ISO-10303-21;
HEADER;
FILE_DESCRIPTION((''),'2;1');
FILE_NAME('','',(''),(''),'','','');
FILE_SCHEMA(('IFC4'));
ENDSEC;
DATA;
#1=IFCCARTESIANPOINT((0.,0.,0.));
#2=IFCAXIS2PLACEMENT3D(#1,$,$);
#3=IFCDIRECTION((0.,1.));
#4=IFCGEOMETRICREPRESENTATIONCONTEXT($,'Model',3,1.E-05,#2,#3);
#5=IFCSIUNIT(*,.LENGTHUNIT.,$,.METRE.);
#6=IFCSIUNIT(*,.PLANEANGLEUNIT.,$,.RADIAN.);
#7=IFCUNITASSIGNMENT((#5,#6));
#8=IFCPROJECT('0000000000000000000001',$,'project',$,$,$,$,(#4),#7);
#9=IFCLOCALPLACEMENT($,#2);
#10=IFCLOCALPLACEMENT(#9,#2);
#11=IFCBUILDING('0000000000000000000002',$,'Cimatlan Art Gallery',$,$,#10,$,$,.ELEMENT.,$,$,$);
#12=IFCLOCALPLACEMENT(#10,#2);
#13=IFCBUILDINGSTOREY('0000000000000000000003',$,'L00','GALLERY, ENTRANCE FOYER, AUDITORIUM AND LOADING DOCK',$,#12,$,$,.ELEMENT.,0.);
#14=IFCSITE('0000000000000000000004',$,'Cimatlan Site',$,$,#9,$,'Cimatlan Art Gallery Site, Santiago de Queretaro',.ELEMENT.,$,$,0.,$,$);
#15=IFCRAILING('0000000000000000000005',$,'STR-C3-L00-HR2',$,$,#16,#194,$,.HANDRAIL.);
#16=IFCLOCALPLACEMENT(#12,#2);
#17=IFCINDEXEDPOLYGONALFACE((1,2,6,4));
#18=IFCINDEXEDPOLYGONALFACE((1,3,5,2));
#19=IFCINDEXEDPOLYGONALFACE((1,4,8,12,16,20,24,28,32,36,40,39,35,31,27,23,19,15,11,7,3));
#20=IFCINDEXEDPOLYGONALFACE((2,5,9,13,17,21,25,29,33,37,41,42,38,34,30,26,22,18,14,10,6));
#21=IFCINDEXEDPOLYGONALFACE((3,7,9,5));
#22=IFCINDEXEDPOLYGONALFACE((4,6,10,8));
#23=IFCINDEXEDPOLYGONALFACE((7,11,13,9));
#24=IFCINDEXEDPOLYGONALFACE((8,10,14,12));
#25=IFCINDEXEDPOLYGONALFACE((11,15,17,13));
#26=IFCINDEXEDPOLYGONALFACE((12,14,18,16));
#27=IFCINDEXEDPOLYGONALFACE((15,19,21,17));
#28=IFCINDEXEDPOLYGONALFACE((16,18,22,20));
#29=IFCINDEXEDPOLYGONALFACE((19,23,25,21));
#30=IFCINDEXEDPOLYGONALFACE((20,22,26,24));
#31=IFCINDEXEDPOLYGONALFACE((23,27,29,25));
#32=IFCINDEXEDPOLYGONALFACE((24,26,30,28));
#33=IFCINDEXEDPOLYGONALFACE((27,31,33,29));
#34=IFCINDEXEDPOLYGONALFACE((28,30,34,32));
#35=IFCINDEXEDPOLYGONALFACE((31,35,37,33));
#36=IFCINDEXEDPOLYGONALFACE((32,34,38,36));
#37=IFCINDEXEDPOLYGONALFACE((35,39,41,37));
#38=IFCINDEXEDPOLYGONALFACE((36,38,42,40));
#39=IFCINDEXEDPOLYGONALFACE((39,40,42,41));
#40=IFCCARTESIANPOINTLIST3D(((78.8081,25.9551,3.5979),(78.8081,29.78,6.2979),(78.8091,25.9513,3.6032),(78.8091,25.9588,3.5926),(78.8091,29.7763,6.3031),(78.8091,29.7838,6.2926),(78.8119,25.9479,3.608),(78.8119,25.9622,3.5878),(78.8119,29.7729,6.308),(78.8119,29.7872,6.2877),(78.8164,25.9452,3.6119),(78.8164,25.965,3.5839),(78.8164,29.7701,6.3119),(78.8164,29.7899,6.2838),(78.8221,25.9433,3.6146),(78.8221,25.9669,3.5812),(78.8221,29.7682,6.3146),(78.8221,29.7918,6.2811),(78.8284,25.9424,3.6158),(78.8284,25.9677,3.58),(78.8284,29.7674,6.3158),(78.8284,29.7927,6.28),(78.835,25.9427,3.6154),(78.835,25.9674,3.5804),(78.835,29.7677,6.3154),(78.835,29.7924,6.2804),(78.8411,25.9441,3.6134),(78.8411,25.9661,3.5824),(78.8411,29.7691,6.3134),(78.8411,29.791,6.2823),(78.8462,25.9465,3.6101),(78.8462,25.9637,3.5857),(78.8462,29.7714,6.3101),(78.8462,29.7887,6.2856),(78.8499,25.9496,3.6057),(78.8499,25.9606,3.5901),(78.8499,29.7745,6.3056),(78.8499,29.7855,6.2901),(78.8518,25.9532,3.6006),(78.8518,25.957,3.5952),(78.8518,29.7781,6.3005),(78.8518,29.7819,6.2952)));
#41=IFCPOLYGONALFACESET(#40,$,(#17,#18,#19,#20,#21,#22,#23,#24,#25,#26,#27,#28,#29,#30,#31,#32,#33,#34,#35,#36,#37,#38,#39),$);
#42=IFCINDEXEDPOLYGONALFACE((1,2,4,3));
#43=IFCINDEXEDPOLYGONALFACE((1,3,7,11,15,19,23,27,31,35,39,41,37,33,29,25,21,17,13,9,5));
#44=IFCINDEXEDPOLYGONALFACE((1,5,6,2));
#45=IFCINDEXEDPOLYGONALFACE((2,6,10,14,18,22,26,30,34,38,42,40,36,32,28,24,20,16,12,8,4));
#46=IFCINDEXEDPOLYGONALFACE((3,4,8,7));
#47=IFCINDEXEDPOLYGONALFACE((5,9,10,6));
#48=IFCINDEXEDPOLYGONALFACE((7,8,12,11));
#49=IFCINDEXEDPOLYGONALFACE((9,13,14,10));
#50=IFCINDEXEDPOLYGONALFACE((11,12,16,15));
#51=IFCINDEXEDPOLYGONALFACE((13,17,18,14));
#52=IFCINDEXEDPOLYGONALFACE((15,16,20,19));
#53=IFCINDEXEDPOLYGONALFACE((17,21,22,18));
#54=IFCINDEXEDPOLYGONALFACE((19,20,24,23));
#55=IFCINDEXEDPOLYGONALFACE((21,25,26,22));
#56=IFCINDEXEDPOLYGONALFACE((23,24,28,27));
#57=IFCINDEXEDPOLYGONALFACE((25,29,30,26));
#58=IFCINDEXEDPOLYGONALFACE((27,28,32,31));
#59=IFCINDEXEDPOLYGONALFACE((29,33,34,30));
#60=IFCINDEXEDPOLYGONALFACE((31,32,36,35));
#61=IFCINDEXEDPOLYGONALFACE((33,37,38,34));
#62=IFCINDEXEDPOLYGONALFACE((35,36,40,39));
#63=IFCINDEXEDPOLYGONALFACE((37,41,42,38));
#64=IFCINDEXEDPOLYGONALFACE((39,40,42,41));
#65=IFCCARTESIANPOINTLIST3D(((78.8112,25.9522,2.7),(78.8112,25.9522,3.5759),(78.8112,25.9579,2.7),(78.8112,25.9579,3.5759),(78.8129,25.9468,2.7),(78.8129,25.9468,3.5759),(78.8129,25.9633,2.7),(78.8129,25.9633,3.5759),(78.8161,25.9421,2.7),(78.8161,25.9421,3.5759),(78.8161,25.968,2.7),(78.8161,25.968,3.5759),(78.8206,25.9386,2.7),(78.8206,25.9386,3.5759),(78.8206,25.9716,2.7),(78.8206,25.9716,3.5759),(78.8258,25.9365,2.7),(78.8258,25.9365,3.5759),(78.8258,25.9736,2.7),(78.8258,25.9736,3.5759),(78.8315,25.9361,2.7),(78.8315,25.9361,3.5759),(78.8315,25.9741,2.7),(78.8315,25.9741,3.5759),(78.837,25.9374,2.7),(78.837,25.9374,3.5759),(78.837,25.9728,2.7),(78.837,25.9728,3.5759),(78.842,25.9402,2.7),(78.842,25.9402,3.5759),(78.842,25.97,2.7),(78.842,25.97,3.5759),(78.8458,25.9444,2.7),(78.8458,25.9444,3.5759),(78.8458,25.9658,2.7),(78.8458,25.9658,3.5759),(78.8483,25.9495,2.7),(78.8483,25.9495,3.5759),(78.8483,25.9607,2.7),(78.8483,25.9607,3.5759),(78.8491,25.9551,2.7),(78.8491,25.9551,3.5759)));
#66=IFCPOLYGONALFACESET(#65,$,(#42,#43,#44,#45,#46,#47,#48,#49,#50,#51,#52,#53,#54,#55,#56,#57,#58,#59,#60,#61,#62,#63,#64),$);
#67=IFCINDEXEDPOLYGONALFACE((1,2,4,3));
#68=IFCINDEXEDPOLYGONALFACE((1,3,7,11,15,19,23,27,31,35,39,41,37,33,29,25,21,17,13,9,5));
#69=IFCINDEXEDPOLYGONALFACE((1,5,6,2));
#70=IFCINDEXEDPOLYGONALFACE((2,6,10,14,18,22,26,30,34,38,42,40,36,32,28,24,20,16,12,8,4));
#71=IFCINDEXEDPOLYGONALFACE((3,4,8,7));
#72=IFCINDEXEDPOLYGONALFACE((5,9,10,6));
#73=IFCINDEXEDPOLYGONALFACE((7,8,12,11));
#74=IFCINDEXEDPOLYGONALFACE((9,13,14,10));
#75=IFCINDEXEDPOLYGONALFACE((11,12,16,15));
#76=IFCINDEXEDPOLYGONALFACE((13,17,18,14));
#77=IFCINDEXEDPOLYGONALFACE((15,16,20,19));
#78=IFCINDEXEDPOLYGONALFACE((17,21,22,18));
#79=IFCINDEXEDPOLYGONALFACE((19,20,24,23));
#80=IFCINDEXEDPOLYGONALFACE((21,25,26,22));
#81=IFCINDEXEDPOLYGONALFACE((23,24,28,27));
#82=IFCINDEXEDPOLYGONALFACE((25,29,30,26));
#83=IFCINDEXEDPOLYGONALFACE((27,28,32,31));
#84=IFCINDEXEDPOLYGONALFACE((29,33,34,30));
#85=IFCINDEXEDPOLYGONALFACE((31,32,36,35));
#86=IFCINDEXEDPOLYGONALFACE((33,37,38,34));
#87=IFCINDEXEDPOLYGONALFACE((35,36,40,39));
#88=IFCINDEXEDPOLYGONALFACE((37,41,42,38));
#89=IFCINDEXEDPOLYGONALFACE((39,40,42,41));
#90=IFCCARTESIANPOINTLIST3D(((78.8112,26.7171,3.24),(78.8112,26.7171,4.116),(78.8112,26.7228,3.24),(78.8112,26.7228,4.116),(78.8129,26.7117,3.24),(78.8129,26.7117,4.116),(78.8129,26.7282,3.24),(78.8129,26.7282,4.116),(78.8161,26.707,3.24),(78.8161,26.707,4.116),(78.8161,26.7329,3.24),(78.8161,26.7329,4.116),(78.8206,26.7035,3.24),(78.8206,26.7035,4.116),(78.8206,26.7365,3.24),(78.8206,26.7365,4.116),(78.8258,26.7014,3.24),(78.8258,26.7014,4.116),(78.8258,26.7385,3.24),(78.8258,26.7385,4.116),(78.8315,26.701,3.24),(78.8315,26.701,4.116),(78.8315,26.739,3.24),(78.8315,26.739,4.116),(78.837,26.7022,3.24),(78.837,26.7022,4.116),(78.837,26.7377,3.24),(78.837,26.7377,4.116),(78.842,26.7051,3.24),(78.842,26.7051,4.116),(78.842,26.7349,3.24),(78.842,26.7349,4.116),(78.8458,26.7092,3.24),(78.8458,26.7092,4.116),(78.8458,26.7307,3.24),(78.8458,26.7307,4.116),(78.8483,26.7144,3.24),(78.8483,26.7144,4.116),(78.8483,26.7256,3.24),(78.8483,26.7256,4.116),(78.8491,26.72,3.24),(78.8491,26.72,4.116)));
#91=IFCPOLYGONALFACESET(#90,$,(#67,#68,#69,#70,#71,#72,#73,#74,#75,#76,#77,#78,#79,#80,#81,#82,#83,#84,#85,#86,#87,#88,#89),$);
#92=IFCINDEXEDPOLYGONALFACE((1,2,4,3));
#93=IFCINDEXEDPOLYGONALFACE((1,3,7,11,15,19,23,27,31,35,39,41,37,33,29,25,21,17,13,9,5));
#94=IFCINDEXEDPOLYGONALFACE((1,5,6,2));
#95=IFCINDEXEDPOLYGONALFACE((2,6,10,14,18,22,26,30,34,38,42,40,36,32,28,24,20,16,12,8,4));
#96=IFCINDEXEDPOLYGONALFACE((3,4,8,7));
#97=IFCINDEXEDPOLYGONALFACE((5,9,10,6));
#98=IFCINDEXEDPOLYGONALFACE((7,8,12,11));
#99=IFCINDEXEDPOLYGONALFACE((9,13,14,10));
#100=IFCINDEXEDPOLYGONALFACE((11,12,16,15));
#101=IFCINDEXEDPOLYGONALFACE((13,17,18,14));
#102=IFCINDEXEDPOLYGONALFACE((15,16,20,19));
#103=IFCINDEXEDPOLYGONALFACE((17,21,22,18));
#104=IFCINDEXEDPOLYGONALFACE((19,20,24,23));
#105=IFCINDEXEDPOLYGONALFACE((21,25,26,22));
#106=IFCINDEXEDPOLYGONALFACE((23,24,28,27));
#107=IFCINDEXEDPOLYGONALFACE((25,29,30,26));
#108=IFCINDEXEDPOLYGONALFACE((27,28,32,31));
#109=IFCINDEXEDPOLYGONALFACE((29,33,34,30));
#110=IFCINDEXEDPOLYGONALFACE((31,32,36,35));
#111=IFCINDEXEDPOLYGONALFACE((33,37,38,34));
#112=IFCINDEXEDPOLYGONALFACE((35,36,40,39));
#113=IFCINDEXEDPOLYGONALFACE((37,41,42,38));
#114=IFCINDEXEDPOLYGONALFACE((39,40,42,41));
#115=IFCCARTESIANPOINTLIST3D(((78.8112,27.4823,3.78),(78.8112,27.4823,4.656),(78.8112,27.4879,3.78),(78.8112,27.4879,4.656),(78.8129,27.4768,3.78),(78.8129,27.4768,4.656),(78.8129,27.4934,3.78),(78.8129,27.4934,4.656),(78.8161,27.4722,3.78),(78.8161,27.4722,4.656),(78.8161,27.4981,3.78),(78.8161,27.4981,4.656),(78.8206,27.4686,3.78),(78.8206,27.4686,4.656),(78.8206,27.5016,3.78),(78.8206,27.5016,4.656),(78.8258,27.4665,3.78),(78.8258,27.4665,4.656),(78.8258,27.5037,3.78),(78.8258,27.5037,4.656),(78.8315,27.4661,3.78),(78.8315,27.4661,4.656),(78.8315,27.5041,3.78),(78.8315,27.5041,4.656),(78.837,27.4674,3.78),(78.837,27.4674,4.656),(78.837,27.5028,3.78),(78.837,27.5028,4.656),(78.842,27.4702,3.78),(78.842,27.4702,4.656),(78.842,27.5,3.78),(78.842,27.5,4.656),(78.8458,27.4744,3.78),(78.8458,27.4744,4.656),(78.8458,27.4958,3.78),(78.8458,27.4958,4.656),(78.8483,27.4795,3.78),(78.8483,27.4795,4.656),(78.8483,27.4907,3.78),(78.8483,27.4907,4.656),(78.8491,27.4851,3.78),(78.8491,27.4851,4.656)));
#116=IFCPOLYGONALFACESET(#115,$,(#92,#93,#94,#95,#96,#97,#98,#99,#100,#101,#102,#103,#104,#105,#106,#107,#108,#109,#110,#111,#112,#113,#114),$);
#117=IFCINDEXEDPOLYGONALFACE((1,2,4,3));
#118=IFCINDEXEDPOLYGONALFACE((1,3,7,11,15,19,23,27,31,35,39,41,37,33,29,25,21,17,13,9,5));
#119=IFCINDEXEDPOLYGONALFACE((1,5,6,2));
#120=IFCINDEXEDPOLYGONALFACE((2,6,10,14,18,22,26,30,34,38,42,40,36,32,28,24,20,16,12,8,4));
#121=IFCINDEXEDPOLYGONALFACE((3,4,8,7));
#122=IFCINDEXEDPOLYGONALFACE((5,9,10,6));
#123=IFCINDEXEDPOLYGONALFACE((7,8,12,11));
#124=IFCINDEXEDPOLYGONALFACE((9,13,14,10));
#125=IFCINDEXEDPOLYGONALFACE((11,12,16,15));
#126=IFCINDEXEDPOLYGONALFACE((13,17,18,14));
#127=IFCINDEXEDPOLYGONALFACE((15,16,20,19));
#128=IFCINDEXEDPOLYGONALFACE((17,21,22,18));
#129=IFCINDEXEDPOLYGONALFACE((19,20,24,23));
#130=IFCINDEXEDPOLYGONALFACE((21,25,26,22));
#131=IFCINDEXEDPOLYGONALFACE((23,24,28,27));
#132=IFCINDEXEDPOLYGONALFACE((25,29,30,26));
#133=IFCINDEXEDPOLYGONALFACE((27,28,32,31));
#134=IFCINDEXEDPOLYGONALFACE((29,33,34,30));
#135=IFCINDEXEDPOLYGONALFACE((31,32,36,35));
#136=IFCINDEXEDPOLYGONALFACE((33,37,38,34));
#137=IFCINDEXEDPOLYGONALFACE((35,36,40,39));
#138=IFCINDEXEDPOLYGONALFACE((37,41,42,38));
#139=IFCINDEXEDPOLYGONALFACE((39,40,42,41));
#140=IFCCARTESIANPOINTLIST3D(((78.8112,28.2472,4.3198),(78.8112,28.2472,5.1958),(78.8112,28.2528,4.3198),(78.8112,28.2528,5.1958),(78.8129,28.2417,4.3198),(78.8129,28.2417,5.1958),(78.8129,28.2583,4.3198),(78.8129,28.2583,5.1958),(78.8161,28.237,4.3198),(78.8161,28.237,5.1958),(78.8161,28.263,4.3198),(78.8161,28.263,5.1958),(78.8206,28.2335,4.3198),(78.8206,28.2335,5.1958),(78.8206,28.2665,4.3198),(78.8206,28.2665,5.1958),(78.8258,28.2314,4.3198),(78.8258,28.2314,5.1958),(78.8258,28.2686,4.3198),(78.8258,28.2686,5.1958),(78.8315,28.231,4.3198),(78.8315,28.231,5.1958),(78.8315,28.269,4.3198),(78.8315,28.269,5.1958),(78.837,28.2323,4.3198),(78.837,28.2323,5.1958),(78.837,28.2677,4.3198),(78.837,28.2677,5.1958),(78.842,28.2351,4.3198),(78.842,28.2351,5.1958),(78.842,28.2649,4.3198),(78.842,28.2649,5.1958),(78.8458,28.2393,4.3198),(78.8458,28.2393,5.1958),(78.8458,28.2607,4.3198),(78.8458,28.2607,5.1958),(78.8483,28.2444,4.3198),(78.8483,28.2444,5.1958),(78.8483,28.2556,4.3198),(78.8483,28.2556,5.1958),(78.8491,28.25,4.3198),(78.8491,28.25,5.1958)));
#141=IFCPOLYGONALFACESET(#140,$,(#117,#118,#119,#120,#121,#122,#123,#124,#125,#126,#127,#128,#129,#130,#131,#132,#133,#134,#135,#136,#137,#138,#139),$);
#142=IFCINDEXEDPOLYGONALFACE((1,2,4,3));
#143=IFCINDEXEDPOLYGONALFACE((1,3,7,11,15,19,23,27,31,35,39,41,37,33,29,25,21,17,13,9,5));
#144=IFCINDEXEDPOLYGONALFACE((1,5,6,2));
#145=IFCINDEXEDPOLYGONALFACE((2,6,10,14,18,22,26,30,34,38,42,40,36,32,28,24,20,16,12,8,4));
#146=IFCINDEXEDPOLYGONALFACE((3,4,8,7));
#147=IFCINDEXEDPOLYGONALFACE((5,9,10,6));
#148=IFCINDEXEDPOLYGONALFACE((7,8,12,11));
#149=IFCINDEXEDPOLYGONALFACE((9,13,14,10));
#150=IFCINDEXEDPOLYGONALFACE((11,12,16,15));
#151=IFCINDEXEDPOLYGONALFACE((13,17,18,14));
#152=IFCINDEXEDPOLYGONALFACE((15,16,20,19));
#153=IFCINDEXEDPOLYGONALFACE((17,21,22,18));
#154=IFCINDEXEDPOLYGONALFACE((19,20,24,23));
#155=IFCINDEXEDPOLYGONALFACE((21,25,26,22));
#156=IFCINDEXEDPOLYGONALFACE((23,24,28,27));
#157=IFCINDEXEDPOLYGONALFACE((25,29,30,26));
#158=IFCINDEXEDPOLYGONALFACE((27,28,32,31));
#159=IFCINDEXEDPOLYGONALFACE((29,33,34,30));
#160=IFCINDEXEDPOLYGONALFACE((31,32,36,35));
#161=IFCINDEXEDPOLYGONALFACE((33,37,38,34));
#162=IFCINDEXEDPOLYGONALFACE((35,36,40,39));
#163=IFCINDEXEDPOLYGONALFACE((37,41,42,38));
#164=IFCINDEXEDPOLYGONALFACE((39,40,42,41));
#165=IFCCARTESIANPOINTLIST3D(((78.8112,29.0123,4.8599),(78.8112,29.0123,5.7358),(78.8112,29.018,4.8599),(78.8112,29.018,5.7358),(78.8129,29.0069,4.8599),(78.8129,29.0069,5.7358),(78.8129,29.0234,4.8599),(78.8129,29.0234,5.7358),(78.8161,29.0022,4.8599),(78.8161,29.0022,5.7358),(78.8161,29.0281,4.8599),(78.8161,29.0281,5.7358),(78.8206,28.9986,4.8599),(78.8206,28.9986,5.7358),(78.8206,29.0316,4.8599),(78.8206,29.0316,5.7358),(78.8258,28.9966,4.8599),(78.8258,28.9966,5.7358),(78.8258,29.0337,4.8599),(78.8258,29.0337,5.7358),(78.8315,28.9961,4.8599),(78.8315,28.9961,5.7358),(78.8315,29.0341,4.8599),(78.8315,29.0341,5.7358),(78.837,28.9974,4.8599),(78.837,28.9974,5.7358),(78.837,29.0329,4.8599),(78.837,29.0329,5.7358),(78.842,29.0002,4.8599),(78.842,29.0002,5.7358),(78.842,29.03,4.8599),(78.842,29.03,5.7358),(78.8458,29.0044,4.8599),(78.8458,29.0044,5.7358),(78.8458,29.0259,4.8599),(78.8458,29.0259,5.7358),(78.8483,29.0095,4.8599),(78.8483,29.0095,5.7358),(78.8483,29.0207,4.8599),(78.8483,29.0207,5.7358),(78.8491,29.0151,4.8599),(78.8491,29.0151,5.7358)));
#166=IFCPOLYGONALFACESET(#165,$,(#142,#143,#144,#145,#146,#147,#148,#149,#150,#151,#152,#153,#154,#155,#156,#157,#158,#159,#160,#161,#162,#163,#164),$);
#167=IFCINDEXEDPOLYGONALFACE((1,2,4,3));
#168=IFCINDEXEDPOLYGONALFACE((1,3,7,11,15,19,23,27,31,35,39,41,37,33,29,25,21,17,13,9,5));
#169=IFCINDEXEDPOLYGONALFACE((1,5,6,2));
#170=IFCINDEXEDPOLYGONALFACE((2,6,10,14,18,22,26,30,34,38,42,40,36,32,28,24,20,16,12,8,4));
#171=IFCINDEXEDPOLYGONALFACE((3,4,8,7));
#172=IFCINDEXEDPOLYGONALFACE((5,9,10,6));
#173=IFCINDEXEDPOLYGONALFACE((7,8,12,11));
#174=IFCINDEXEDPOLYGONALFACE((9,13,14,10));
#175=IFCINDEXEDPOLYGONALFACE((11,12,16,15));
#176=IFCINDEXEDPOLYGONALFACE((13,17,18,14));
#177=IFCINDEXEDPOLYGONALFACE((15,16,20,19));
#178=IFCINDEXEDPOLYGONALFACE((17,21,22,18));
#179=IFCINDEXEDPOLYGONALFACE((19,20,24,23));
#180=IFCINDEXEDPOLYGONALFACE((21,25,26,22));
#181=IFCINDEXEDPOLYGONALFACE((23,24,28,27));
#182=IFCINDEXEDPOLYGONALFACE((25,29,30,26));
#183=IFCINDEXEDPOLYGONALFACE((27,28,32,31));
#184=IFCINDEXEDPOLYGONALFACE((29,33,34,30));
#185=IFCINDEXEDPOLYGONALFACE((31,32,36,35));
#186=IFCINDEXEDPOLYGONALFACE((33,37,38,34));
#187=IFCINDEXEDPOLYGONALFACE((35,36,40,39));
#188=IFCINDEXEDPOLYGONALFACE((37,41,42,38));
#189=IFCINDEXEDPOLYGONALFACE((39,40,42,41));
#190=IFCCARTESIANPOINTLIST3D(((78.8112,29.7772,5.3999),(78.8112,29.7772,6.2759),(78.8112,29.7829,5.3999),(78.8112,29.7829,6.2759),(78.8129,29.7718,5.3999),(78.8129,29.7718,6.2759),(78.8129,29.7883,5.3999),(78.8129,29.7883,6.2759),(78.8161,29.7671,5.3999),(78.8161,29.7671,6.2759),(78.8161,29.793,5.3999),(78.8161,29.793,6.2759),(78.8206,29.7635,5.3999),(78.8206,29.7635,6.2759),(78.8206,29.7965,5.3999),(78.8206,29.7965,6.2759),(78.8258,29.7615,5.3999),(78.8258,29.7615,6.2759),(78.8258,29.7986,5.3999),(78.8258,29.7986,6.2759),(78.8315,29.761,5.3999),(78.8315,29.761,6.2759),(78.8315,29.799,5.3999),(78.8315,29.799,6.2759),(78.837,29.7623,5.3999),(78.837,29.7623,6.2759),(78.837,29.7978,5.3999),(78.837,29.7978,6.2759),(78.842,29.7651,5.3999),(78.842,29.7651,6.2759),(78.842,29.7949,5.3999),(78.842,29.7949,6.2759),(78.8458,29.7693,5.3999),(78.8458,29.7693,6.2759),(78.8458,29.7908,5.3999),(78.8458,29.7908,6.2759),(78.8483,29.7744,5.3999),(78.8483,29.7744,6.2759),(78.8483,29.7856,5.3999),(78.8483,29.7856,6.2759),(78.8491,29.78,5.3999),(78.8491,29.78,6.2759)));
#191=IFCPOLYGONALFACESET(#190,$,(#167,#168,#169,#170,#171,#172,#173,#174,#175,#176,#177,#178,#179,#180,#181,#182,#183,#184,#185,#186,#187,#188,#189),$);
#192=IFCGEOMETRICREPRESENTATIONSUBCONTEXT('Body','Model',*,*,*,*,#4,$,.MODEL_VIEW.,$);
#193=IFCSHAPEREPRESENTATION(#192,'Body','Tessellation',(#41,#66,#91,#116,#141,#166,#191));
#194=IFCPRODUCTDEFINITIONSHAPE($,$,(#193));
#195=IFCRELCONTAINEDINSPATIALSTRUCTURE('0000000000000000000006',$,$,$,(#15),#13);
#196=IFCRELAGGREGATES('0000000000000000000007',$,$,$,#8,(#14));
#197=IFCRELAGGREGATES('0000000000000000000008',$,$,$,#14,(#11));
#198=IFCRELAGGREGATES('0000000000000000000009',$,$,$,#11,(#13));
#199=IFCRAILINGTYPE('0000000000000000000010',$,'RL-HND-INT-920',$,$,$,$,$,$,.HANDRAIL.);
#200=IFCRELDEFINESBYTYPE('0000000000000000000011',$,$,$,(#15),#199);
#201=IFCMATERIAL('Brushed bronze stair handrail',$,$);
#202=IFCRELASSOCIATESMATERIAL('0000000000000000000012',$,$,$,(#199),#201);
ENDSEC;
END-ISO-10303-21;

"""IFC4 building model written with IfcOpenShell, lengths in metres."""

from ifc_helpers import new_model, si_unit, direction, frame, origin, origin_2d, place, context, subcontext, project, spatial, circle, extrude, material, type_object, element, save


model = new_model("IFC4")

# Units and contexts
model_context = context("Model", 3, precision=1e-05, world=origin(), true_north=direction((0.0, 1.0)))
body_context = subcontext(model_context, "Body", "Model", "MODEL_VIEW")
ifc_project = project(units=[si_unit("LENGTHUNIT", "METRE"), si_unit("PLANEANGLEUNIT", "RADIAN")], contexts=[model_context])

# Site, building, storey
site_placement = place(None, origin())
site = spatial("IfcSite", under=ifc_project, at=site_placement, Name="Cimatlan Site", LongName="Cimatlan Art Gallery Site, Santiago de Queretaro", CompositionType="ELEMENT", RefElevation=0.0)
building_placement = place(site_placement, origin())
building = spatial("IfcBuilding", under=site, at=building_placement, Name="Cimatlan Art Gallery", CompositionType="ELEMENT")
storey_placement = place(building_placement, origin())
storey = spatial("IfcBuildingStorey", under=building, at=storey_placement, Name="L00", Description="GALLERY, ENTRANCE FOYER, AUDITORIUM AND LOADING DOCK", CompositionType="ELEMENT", Elevation=0.0)

# Railing
ifc_material_1 = material(Name="Brushed bronze stair handrail")
railing_type_1 = type_object("IfcRailingType", Name="RL-HND-INT-920", PredefinedType="HANDRAIL", material=ifc_material_1)
railing_1_placement = place(storey_placement, frame((78.8301, 25.9551, 2.7)))
element("IfcRailing", 1, at=railing_1_placement, inside=storey, type_object=railing_type_1, Name="STR-C3-L00-HR2", PredefinedType="HANDRAIL", context=body_context, shape_type="SweptSolid", body=[
    extrude(circle(Radius=0.022, at=origin_2d()), frame((0.0, 0.0, 0.8979), z_axis=(0.0, 0.816969, 0.576681), x_axis=(-1.0, 0.0, 0.0)), (0.0, 0.0, 1.0), 4.6819),
    extrude(circle(Radius=0.019, at=origin_2d()), origin(), (0.0, 0.0, 1.0), 0.876),
    extrude(circle(Radius=0.019, at=origin_2d()), frame((0.0, 0.7649, 0.54)), (0.0, 0.0, 1.0), 0.876),
    extrude(circle(Radius=0.019, at=origin_2d()), frame((0.0, 1.53, 1.0801)), (0.0, 0.0, 1.0), 0.876),
    extrude(circle(Radius=0.019, at=origin_2d()), frame((0.0, 2.2949, 1.6199)), (0.0, 0.0, 1.0), 0.876),
    extrude(circle(Radius=0.019, at=origin_2d()), frame((0.0, 3.0601, 2.1599)), (0.0, 0.0, 1.0), 0.876),
    extrude(circle(Radius=0.019, at=origin_2d()), frame((0.0, 3.825, 2.7)), (0.0, 0.0, 1.0), 0.876),
])

save(model, "model.ifc")
